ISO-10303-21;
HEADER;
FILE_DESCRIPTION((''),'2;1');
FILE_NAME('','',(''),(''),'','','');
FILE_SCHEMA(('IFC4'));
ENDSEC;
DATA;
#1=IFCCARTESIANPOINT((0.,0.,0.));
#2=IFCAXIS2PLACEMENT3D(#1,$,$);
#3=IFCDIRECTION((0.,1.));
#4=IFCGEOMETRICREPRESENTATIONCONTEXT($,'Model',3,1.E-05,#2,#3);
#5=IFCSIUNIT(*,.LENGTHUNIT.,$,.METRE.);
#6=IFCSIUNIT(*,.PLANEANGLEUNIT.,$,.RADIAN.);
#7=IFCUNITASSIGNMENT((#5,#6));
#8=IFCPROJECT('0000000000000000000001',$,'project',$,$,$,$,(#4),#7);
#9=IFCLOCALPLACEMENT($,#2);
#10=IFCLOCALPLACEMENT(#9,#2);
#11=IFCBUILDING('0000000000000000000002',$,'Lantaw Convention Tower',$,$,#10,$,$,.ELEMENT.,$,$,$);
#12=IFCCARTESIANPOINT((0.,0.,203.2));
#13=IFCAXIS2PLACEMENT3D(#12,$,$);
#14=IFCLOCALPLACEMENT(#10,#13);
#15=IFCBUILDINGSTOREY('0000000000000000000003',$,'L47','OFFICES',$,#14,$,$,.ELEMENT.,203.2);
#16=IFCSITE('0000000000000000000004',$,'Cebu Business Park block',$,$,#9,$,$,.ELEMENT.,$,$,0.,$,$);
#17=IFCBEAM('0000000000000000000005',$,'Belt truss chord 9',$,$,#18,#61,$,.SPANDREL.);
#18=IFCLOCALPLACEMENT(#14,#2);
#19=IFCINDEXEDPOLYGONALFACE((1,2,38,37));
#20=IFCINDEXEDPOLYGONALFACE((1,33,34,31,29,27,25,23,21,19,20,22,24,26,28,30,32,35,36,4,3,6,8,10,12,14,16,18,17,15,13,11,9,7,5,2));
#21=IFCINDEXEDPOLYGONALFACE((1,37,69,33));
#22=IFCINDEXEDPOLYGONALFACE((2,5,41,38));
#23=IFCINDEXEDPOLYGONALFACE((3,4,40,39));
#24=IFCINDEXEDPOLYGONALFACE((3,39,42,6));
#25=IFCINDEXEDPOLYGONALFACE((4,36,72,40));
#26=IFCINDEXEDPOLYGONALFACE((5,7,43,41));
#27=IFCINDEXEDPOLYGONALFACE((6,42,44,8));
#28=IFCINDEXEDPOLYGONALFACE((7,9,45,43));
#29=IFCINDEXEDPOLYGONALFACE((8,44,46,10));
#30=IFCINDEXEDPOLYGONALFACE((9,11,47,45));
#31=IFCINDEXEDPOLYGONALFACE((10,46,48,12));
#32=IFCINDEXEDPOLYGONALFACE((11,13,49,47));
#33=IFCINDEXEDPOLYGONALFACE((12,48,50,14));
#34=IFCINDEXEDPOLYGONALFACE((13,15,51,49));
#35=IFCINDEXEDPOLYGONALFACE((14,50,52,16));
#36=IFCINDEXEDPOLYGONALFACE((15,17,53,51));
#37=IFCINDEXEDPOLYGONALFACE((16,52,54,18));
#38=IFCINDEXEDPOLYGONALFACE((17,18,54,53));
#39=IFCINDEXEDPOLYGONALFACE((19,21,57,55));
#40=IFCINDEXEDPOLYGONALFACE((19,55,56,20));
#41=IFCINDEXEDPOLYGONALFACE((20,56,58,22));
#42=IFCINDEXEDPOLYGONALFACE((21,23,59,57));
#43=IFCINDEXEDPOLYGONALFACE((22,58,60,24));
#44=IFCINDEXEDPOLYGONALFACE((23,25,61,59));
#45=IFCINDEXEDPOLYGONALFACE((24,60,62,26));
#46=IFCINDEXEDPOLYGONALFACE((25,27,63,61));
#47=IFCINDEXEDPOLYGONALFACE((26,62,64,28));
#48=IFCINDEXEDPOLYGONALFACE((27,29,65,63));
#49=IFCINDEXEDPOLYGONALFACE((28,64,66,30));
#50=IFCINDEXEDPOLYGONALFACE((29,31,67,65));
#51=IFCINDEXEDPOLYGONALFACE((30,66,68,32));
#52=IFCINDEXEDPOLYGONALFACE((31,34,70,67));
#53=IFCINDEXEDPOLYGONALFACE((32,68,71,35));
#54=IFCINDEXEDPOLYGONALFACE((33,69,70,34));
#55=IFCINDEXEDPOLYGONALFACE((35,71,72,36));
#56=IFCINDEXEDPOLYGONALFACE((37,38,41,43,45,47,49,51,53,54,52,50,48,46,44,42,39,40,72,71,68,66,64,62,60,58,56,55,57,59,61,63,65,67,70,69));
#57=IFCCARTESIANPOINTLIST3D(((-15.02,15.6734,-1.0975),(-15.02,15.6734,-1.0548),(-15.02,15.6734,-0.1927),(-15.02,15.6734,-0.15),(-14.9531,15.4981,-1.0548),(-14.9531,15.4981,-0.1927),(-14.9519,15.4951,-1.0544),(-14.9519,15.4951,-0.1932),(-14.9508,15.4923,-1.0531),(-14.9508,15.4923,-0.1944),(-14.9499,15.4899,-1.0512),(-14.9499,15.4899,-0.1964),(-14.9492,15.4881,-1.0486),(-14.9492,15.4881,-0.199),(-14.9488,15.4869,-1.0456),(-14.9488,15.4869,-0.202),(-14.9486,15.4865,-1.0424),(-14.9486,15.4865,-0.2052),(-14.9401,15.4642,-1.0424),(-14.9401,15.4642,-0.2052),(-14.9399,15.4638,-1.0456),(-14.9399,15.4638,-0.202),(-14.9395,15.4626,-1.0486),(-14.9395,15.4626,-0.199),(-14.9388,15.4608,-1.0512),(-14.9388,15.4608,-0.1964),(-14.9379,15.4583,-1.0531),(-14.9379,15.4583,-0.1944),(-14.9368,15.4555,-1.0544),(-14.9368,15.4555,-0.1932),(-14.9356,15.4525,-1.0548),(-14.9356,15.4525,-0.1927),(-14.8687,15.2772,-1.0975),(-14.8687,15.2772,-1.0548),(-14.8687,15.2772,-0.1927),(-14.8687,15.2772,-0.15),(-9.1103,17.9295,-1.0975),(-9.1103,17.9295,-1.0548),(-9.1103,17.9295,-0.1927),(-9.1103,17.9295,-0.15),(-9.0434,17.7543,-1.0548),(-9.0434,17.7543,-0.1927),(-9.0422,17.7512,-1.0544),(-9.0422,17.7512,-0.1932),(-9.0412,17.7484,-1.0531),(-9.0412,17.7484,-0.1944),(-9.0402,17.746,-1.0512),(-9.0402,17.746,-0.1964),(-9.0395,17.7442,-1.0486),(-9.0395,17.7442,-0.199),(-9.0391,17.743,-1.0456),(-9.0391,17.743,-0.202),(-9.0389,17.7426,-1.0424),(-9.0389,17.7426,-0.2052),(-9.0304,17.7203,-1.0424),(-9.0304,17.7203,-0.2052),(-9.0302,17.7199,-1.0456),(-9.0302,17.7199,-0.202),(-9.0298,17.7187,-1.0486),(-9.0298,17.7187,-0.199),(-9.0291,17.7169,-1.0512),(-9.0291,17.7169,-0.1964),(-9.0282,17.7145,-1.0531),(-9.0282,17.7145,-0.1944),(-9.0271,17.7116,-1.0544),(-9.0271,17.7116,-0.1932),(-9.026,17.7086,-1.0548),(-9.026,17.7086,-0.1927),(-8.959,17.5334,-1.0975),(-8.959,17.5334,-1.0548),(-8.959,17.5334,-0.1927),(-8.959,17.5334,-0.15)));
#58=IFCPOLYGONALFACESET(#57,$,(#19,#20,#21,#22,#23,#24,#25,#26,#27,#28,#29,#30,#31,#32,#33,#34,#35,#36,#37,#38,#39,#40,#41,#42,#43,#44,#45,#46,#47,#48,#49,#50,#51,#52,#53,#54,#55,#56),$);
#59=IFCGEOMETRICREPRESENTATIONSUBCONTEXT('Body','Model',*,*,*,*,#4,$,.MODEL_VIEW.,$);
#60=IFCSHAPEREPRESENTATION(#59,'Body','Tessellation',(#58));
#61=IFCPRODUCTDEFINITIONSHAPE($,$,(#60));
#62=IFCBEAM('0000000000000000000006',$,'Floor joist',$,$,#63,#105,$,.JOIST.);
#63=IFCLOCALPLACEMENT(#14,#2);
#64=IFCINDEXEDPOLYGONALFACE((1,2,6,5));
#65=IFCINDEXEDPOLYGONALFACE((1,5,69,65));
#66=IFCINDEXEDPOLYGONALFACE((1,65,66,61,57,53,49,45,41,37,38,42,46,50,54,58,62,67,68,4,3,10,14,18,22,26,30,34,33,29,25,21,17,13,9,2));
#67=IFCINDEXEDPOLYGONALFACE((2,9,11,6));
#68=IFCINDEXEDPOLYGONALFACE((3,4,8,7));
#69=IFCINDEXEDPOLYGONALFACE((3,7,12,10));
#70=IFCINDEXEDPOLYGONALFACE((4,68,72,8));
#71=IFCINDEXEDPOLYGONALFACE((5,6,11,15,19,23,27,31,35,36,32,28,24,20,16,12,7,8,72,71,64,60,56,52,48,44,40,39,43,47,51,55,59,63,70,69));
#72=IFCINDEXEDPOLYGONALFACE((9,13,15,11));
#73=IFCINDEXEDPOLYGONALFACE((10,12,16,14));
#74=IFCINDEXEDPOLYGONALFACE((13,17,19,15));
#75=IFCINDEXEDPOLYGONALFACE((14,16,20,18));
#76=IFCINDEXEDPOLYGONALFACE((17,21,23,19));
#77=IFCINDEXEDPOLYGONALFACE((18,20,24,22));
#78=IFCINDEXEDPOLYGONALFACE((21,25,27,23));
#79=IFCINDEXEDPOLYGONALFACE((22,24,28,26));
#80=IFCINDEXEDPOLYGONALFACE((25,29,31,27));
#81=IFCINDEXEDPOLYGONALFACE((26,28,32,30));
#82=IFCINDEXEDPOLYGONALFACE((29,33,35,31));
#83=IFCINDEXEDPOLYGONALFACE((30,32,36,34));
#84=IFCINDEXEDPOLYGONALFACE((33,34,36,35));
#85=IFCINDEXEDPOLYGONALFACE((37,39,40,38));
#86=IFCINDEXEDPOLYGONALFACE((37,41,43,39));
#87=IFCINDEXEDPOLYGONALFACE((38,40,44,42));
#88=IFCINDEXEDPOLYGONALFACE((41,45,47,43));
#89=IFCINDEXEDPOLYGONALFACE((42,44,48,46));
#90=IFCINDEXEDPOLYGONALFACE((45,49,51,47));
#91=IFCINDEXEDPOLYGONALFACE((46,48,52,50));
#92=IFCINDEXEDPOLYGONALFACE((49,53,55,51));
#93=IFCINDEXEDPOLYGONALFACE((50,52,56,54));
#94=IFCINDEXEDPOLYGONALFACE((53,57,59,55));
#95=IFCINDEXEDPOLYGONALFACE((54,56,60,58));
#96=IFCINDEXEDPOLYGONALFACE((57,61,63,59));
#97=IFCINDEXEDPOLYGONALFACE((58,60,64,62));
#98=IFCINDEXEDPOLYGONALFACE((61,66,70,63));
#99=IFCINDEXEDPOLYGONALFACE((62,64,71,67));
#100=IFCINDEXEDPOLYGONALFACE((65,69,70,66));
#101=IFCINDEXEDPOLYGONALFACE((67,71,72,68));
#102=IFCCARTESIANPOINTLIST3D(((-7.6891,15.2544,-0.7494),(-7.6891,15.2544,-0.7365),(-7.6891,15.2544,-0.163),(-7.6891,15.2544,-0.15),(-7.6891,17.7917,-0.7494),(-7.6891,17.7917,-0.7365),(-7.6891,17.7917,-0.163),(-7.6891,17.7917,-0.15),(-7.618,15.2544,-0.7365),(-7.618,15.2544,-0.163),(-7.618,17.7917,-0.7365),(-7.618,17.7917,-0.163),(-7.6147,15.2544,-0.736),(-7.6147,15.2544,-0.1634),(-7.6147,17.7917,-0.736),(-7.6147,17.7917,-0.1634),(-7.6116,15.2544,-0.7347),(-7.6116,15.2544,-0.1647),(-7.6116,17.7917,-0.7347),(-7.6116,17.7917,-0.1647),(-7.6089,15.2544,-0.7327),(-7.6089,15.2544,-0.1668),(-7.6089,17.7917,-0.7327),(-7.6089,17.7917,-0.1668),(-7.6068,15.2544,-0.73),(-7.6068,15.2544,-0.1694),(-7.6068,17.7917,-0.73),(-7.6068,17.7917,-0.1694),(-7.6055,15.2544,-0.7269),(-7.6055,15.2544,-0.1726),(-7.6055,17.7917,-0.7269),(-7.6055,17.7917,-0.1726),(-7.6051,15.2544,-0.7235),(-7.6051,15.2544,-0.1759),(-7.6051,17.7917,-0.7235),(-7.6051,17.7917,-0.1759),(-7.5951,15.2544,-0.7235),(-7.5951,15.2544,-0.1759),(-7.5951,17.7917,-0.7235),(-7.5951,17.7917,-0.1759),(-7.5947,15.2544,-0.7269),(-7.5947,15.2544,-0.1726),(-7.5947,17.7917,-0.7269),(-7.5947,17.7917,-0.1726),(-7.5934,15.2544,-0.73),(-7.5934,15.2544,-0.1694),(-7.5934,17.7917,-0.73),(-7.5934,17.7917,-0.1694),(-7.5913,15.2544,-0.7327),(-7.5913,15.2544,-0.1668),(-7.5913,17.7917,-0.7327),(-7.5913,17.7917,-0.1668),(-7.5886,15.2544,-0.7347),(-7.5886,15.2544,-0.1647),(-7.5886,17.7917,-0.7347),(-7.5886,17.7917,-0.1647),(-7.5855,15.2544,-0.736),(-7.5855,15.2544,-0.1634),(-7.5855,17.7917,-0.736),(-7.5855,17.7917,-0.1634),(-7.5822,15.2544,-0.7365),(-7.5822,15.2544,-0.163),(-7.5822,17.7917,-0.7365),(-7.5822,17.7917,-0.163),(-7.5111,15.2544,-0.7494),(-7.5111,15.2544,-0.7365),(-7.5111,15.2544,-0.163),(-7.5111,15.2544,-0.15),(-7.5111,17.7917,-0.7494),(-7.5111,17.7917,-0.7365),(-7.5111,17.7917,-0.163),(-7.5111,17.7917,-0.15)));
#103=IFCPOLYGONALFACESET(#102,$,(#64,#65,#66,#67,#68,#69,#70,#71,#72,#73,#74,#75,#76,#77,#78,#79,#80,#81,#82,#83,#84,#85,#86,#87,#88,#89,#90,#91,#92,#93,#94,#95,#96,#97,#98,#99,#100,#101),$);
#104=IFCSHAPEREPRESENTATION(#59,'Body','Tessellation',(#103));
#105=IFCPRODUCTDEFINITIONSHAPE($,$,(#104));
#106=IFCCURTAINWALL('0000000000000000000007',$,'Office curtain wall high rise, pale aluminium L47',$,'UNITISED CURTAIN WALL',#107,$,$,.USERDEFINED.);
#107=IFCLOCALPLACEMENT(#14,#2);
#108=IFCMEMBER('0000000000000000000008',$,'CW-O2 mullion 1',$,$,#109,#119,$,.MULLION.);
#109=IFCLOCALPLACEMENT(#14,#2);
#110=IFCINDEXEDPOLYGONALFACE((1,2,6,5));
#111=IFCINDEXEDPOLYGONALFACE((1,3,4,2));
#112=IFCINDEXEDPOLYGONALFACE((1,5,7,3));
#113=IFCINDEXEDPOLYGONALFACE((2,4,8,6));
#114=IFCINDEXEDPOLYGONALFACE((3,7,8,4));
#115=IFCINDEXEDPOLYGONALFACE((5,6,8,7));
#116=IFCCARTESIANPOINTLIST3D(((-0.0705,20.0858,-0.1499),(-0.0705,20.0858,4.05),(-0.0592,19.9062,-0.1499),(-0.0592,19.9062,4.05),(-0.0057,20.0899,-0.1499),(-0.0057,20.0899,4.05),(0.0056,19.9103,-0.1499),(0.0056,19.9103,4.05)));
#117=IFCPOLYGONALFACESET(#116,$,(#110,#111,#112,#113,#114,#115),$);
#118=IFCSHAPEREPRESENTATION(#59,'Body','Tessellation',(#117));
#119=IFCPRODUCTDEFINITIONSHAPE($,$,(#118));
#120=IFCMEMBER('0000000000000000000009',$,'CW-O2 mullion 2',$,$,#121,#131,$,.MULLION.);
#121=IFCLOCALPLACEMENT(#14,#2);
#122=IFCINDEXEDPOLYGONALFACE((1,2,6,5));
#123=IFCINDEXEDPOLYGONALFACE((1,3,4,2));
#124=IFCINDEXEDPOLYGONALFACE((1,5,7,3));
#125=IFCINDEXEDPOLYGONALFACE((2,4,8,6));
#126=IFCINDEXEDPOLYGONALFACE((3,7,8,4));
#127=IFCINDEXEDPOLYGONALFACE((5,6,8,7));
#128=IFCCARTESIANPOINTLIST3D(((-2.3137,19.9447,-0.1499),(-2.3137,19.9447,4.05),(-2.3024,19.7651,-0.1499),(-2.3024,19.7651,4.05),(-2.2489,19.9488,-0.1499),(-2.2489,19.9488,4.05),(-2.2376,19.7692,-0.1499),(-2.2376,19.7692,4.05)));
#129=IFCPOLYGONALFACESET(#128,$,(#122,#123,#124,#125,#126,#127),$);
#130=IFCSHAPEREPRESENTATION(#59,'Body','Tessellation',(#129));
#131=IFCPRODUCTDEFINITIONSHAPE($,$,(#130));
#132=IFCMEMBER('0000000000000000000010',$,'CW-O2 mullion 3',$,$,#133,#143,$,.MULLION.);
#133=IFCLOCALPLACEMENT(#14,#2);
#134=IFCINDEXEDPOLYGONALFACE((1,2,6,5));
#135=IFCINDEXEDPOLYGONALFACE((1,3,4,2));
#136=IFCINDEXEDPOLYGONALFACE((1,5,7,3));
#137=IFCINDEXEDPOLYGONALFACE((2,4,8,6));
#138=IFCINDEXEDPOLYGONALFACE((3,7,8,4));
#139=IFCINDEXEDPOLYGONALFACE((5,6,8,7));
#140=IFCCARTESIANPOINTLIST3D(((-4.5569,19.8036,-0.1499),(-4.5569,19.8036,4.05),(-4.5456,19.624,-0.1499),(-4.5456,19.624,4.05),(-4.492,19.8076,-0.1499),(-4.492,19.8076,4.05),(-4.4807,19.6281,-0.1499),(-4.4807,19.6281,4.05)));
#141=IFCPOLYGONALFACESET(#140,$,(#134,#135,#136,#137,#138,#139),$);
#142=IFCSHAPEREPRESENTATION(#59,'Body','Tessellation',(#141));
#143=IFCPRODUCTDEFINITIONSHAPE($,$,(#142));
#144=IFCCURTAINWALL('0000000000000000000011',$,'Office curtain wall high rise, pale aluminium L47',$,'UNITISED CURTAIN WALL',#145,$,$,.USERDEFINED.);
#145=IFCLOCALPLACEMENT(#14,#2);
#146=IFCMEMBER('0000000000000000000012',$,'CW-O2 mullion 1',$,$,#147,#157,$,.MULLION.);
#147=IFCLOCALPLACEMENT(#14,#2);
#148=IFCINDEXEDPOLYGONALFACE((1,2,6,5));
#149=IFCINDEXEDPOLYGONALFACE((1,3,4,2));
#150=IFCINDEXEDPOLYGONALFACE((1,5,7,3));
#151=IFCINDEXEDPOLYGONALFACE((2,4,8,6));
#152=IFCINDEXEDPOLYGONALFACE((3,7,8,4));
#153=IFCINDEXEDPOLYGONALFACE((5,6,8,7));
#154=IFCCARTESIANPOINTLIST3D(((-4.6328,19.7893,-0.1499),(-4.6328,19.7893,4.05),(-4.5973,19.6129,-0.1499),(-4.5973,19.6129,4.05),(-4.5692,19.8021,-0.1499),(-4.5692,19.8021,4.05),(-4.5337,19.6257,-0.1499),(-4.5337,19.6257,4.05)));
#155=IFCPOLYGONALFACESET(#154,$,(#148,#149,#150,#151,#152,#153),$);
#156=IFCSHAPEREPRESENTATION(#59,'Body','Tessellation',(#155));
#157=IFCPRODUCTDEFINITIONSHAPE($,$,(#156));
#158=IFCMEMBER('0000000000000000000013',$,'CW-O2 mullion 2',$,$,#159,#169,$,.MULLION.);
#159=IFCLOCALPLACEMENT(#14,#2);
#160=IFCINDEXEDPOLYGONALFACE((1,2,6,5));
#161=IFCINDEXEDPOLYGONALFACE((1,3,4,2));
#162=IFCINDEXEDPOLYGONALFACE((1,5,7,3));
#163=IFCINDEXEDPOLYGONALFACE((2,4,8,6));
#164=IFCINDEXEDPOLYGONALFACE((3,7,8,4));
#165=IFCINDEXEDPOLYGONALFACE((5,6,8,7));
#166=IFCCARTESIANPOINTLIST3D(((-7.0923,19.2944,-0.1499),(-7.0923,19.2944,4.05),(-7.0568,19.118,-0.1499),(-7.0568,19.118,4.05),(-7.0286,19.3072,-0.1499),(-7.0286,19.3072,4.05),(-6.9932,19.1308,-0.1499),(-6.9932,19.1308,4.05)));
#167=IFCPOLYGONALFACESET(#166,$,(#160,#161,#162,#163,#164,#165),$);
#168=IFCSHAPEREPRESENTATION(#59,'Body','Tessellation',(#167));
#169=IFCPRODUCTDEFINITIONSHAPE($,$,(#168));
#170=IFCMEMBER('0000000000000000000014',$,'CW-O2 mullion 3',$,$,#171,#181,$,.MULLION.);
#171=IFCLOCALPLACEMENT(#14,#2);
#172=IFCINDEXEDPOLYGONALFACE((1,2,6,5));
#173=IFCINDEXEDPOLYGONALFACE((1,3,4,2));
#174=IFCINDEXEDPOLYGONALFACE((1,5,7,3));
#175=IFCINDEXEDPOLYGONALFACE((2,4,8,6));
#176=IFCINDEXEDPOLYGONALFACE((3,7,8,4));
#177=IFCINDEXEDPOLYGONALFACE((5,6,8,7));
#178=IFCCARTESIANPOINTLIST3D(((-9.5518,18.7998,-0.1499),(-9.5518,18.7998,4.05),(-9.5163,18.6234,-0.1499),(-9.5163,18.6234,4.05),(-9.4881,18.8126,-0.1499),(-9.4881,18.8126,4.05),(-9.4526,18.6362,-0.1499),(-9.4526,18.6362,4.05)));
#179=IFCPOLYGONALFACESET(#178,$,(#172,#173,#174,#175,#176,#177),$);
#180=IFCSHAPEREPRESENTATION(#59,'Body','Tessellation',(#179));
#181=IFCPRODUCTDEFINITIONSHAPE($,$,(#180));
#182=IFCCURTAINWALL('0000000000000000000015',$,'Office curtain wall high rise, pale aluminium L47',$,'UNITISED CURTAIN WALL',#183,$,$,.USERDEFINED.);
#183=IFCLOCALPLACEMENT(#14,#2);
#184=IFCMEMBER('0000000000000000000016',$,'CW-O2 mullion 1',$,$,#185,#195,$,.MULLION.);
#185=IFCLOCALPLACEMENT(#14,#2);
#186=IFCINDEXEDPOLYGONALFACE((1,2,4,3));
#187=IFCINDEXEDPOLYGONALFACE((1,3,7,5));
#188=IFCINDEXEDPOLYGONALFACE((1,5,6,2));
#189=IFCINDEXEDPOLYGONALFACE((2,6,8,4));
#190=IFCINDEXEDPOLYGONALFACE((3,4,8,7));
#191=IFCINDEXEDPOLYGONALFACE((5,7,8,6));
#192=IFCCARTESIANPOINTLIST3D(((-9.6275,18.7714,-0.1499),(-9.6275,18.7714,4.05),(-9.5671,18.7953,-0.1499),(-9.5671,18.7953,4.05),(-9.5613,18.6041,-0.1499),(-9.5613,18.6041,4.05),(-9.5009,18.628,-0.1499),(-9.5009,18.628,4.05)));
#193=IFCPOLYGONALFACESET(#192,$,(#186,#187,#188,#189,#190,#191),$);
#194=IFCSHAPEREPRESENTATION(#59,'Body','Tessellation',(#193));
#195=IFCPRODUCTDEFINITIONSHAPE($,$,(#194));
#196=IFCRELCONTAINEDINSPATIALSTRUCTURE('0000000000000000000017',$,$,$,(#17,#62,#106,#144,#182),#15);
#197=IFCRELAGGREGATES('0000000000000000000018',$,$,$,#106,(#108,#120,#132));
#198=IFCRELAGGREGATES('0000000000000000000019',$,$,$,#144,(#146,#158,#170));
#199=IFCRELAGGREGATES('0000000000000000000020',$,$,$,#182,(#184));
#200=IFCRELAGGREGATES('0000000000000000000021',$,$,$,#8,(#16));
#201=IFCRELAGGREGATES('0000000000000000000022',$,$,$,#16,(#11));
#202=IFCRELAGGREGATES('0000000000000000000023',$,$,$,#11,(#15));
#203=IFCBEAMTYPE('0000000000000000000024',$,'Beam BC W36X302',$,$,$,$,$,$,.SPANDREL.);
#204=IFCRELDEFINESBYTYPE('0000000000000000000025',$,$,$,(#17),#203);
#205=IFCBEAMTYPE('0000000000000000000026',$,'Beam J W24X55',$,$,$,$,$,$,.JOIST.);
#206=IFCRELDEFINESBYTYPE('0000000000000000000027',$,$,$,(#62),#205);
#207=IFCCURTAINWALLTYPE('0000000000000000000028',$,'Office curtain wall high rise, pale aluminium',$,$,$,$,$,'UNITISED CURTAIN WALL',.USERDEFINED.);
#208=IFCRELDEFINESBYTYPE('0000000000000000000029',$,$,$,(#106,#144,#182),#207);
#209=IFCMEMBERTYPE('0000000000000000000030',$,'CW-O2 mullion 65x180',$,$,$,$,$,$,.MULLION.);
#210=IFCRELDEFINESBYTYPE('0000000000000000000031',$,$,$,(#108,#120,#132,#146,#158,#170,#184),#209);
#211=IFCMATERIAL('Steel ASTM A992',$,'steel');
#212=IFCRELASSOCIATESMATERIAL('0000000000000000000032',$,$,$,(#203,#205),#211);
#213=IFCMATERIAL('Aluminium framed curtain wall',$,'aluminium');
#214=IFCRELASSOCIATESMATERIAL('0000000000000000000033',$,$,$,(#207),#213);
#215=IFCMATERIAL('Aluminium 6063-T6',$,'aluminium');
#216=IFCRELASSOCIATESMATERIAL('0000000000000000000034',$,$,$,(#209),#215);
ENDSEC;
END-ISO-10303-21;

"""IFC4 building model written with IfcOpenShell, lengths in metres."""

from ifc_helpers import new_model, si_unit, direction, frame, origin, origin_2d, place, context, subcontext, project, spatial, rectangle, i_section, extrude, material, material_profile, profile_set, type_object, element, aggregate, save


model = new_model("IFC4")

# Units and contexts
model_context = context("Model", 3, precision=1e-05, world=origin(), true_north=direction((0.0, 1.0)))
body_context = subcontext(model_context, "Body", "Model", "MODEL_VIEW")
ifc_project = project(units=[si_unit("LENGTHUNIT", "METRE"), si_unit("PLANEANGLEUNIT", "RADIAN")], contexts=[model_context])

# Site, building, storey
site_placement = place(None, origin())
site = spatial("IfcSite", under=ifc_project, at=site_placement, Name="Cebu Business Park block", CompositionType="ELEMENT", RefElevation=0.0)
building_placement = place(site_placement, origin())
building = spatial("IfcBuilding", under=site, at=building_placement, Name="Lantaw Convention Tower", CompositionType="ELEMENT")
storey_placement = place(building_placement, frame((0.0, 0.0, 203.2)))
storey = spatial("IfcBuildingStorey", under=building, at=storey_placement, Name="L47", Description="OFFICES", CompositionType="ELEMENT", Elevation=203.2)

# Beams
ifc_material_1 = material(Name="Steel ASTM A992", Category="steel")
ifc_material_profile_1 = material_profile(ifc_material_1, i_section(OverallWidth=0.4241, OverallDepth=0.9475, WebThickness=0.0239, FlangeThickness=0.0427, FilletRadius=0.0125, at=origin_2d()), Name="W36X302")
ifc_profile_set_1 = profile_set([ifc_material_profile_1], Name="Steel ASTM A992")
beam_type_1 = type_object("IfcBeamType", Name="Beam BC W36X302", PredefinedType="SPANDREL", material=ifc_profile_set_1)
beam_1_placement = place(storey_placement, frame((-9.0347, 17.7314, -0.6238), z_axis=(-0.934235, -0.356658, 0.0), x_axis=(0.356658, -0.934235, 0.0)))
element("IfcBeam", 1, at=beam_1_placement, inside=storey, type_object=beam_type_1, Name="Belt truss chord 9", PredefinedType="SPANDREL", context=body_context, shape_type="SweptSolid", body=[
    extrude(i_section(OverallWidth=0.4241, OverallDepth=0.9475, WebThickness=0.0239, FlangeThickness=0.0427, FilletRadius=0.0125, at=origin_2d()), origin(), (0.0, 0.0, 1.0), 6.3257),
])
ifc_material_profile_2 = material_profile(ifc_material_1, i_section(OverallWidth=0.178, OverallDepth=0.5994, WebThickness=0.01, FlangeThickness=0.0129, FilletRadius=0.0129, at=origin_2d()), Name="W24X55")
ifc_profile_set_2 = profile_set([ifc_material_profile_2], Name="Steel ASTM A992")
beam_type_2 = type_object("IfcBeamType", Name="Beam J W24X55", PredefinedType="JOIST", material=ifc_profile_set_2)
beam_2_placement = place(storey_placement, frame((-7.6001, 15.2544, -0.4497), z_axis=(0.0, 1.0, 0.0), x_axis=(-1.0, 0.0, 0.0)))
element("IfcBeam", 2, at=beam_2_placement, inside=storey, type_object=beam_type_2, Name="Floor joist", PredefinedType="JOIST", context=body_context, shape_type="SweptSolid", body=[
    extrude(i_section(OverallWidth=0.178, OverallDepth=0.5994, WebThickness=0.01, FlangeThickness=0.0129, FilletRadius=0.0129, at=origin_2d()), origin(), (0.0, 0.0, 1.0), 2.5374),
])

# Curtain walls, members
ifc_material_2 = material(Name="Aluminium framed curtain wall", Category="aluminium")
curtain_wall_type = type_object("IfcCurtainWallType", Name="Office curtain wall high rise, pale aluminium", ElementType="UNITISED CURTAIN WALL", PredefinedType="USERDEFINED", material=ifc_material_2)
curtain_wall_1_placement = place(storey_placement, origin())
curtain_wall_1 = element("IfcCurtainWall", 3, at=curtain_wall_1_placement, inside=storey, type_object=curtain_wall_type, Name="Office curtain wall high rise, pale aluminium L47", ObjectType="UNITISED CURTAIN WALL", PredefinedType="USERDEFINED")
ifc_material_3 = material(Name="Aluminium 6063-T6", Category="aluminium")
ifc_material_profile_3 = material_profile(ifc_material_3, rectangle(XDim=0.1799, YDim=0.0649, at=origin_2d()), Name="CW-O2 mullion 65x180")
ifc_profile_set_3 = profile_set([ifc_material_profile_3], Name="Aluminium 6063-T6")
member_type_1 = type_object("IfcMemberType", Name="CW-O2 mullion 65x180", PredefinedType="MULLION", material=ifc_profile_set_3)
member_1_placement = place(storey_placement, frame((-0.0325, 19.998, -0.1499), z_axis=(0.0, 0.0, 1.0), x_axis=(0.062758, -0.998029, 0.0)))
member_1 = element("IfcMember", 4, at=member_1_placement, type_object=member_type_1, Name="CW-O2 mullion 1", PredefinedType="MULLION", context=body_context, shape_type="SweptSolid", body=[
    extrude(rectangle(XDim=0.1799, YDim=0.0649, at=origin_2d()), origin(), (0.0, 0.0, 1.0), 4.2),
])
member_2_placement = place(storey_placement, frame((-2.2756, 19.8569, -0.1499), z_axis=(0.0, 0.0, 1.0), x_axis=(0.062758, -0.998029, 0.0)))
member_2 = element("IfcMember", 5, at=member_2_placement, type_object=member_type_1, Name="CW-O2 mullion 2", PredefinedType="MULLION", context=body_context, shape_type="SweptSolid", body=[
    extrude(rectangle(XDim=0.1799, YDim=0.0649, at=origin_2d()), origin(), (0.0, 0.0, 1.0), 4.2),
])
member_3_placement = place(storey_placement, frame((-4.5188, 19.7158, -0.1499), z_axis=(0.0, 0.0, 1.0), x_axis=(0.062758, -0.998029, 0.0)))
member_3 = element("IfcMember", 6, at=member_3_placement, type_object=member_type_1, Name="CW-O2 mullion 3", PredefinedType="MULLION", context=body_context, shape_type="SweptSolid", body=[
    extrude(rectangle(XDim=0.1799, YDim=0.0649, at=origin_2d()), origin(), (0.0, 0.0, 1.0), 4.2),
])
curtain_wall_2_placement = place(storey_placement, origin())
curtain_wall_2 = element("IfcCurtainWall", 7, at=curtain_wall_2_placement, inside=storey, type_object=curtain_wall_type, Name="Office curtain wall high rise, pale aluminium L47", ObjectType="UNITISED CURTAIN WALL", PredefinedType="USERDEFINED")
member_4_placement = place(storey_placement, frame((-4.5833, 19.7075, -0.1499), z_axis=(0.0, 0.0, 1.0), x_axis=(0.197183, -0.980367, 0.0)))
member_4 = element("IfcMember", 8, at=member_4_placement, type_object=member_type_1, Name="CW-O2 mullion 1", PredefinedType="MULLION", context=body_context, shape_type="SweptSolid", body=[
    extrude(rectangle(XDim=0.1799, YDim=0.0649, at=origin_2d()), origin(), (0.0, 0.0, 1.0), 4.2),
])
member_5_placement = place(storey_placement, frame((-7.0427, 19.2126, -0.1499), z_axis=(0.0, 0.0, 1.0), x_axis=(0.197183, -0.980367, 0.0)))
member_5 = element("IfcMember", 9, at=member_5_placement, type_object=member_type_1, Name="CW-O2 mullion 2", PredefinedType="MULLION", context=body_context, shape_type="SweptSolid", body=[
    extrude(rectangle(XDim=0.1799, YDim=0.0649, at=origin_2d()), origin(), (0.0, 0.0, 1.0), 4.2),
])
member_6_placement = place(storey_placement, frame((-9.5022, 18.718, -0.1499), z_axis=(0.0, 0.0, 1.0), x_axis=(0.197183, -0.980367, 0.0)))
member_6 = element("IfcMember", 10, at=member_6_placement, type_object=member_type_1, Name="CW-O2 mullion 3", PredefinedType="MULLION", context=body_context, shape_type="SweptSolid", body=[
    extrude(rectangle(XDim=0.1799, YDim=0.0649, at=origin_2d()), origin(), (0.0, 0.0, 1.0), 4.2),
])

# Curtain wall, member
curtain_wall_3_placement = place(storey_placement, origin())
curtain_wall_3 = element("IfcCurtainWall", 11, at=curtain_wall_3_placement, inside=storey, type_object=curtain_wall_type, Name="Office curtain wall high rise, pale aluminium L47", ObjectType="UNITISED CURTAIN WALL", PredefinedType="USERDEFINED")
member_7_placement = place(storey_placement, frame((-9.5642, 18.6997, -0.1499), z_axis=(0.0, 0.0, 1.0), x_axis=(0.368162, -0.929762, 0.0)))
member_7 = element("IfcMember", 12, at=member_7_placement, type_object=member_type_1, Name="CW-O2 mullion 1", PredefinedType="MULLION", context=body_context, shape_type="SweptSolid", body=[
    extrude(rectangle(XDim=0.1799, YDim=0.0649, at=origin_2d()), origin(), (0.0, 0.0, 1.0), 4.2),
])

aggregate(curtain_wall_1, [member_1, member_2, member_3])
aggregate(curtain_wall_2, [member_4, member_5, member_6])
aggregate(curtain_wall_3, [member_7])

save(model, "model.ifc")
